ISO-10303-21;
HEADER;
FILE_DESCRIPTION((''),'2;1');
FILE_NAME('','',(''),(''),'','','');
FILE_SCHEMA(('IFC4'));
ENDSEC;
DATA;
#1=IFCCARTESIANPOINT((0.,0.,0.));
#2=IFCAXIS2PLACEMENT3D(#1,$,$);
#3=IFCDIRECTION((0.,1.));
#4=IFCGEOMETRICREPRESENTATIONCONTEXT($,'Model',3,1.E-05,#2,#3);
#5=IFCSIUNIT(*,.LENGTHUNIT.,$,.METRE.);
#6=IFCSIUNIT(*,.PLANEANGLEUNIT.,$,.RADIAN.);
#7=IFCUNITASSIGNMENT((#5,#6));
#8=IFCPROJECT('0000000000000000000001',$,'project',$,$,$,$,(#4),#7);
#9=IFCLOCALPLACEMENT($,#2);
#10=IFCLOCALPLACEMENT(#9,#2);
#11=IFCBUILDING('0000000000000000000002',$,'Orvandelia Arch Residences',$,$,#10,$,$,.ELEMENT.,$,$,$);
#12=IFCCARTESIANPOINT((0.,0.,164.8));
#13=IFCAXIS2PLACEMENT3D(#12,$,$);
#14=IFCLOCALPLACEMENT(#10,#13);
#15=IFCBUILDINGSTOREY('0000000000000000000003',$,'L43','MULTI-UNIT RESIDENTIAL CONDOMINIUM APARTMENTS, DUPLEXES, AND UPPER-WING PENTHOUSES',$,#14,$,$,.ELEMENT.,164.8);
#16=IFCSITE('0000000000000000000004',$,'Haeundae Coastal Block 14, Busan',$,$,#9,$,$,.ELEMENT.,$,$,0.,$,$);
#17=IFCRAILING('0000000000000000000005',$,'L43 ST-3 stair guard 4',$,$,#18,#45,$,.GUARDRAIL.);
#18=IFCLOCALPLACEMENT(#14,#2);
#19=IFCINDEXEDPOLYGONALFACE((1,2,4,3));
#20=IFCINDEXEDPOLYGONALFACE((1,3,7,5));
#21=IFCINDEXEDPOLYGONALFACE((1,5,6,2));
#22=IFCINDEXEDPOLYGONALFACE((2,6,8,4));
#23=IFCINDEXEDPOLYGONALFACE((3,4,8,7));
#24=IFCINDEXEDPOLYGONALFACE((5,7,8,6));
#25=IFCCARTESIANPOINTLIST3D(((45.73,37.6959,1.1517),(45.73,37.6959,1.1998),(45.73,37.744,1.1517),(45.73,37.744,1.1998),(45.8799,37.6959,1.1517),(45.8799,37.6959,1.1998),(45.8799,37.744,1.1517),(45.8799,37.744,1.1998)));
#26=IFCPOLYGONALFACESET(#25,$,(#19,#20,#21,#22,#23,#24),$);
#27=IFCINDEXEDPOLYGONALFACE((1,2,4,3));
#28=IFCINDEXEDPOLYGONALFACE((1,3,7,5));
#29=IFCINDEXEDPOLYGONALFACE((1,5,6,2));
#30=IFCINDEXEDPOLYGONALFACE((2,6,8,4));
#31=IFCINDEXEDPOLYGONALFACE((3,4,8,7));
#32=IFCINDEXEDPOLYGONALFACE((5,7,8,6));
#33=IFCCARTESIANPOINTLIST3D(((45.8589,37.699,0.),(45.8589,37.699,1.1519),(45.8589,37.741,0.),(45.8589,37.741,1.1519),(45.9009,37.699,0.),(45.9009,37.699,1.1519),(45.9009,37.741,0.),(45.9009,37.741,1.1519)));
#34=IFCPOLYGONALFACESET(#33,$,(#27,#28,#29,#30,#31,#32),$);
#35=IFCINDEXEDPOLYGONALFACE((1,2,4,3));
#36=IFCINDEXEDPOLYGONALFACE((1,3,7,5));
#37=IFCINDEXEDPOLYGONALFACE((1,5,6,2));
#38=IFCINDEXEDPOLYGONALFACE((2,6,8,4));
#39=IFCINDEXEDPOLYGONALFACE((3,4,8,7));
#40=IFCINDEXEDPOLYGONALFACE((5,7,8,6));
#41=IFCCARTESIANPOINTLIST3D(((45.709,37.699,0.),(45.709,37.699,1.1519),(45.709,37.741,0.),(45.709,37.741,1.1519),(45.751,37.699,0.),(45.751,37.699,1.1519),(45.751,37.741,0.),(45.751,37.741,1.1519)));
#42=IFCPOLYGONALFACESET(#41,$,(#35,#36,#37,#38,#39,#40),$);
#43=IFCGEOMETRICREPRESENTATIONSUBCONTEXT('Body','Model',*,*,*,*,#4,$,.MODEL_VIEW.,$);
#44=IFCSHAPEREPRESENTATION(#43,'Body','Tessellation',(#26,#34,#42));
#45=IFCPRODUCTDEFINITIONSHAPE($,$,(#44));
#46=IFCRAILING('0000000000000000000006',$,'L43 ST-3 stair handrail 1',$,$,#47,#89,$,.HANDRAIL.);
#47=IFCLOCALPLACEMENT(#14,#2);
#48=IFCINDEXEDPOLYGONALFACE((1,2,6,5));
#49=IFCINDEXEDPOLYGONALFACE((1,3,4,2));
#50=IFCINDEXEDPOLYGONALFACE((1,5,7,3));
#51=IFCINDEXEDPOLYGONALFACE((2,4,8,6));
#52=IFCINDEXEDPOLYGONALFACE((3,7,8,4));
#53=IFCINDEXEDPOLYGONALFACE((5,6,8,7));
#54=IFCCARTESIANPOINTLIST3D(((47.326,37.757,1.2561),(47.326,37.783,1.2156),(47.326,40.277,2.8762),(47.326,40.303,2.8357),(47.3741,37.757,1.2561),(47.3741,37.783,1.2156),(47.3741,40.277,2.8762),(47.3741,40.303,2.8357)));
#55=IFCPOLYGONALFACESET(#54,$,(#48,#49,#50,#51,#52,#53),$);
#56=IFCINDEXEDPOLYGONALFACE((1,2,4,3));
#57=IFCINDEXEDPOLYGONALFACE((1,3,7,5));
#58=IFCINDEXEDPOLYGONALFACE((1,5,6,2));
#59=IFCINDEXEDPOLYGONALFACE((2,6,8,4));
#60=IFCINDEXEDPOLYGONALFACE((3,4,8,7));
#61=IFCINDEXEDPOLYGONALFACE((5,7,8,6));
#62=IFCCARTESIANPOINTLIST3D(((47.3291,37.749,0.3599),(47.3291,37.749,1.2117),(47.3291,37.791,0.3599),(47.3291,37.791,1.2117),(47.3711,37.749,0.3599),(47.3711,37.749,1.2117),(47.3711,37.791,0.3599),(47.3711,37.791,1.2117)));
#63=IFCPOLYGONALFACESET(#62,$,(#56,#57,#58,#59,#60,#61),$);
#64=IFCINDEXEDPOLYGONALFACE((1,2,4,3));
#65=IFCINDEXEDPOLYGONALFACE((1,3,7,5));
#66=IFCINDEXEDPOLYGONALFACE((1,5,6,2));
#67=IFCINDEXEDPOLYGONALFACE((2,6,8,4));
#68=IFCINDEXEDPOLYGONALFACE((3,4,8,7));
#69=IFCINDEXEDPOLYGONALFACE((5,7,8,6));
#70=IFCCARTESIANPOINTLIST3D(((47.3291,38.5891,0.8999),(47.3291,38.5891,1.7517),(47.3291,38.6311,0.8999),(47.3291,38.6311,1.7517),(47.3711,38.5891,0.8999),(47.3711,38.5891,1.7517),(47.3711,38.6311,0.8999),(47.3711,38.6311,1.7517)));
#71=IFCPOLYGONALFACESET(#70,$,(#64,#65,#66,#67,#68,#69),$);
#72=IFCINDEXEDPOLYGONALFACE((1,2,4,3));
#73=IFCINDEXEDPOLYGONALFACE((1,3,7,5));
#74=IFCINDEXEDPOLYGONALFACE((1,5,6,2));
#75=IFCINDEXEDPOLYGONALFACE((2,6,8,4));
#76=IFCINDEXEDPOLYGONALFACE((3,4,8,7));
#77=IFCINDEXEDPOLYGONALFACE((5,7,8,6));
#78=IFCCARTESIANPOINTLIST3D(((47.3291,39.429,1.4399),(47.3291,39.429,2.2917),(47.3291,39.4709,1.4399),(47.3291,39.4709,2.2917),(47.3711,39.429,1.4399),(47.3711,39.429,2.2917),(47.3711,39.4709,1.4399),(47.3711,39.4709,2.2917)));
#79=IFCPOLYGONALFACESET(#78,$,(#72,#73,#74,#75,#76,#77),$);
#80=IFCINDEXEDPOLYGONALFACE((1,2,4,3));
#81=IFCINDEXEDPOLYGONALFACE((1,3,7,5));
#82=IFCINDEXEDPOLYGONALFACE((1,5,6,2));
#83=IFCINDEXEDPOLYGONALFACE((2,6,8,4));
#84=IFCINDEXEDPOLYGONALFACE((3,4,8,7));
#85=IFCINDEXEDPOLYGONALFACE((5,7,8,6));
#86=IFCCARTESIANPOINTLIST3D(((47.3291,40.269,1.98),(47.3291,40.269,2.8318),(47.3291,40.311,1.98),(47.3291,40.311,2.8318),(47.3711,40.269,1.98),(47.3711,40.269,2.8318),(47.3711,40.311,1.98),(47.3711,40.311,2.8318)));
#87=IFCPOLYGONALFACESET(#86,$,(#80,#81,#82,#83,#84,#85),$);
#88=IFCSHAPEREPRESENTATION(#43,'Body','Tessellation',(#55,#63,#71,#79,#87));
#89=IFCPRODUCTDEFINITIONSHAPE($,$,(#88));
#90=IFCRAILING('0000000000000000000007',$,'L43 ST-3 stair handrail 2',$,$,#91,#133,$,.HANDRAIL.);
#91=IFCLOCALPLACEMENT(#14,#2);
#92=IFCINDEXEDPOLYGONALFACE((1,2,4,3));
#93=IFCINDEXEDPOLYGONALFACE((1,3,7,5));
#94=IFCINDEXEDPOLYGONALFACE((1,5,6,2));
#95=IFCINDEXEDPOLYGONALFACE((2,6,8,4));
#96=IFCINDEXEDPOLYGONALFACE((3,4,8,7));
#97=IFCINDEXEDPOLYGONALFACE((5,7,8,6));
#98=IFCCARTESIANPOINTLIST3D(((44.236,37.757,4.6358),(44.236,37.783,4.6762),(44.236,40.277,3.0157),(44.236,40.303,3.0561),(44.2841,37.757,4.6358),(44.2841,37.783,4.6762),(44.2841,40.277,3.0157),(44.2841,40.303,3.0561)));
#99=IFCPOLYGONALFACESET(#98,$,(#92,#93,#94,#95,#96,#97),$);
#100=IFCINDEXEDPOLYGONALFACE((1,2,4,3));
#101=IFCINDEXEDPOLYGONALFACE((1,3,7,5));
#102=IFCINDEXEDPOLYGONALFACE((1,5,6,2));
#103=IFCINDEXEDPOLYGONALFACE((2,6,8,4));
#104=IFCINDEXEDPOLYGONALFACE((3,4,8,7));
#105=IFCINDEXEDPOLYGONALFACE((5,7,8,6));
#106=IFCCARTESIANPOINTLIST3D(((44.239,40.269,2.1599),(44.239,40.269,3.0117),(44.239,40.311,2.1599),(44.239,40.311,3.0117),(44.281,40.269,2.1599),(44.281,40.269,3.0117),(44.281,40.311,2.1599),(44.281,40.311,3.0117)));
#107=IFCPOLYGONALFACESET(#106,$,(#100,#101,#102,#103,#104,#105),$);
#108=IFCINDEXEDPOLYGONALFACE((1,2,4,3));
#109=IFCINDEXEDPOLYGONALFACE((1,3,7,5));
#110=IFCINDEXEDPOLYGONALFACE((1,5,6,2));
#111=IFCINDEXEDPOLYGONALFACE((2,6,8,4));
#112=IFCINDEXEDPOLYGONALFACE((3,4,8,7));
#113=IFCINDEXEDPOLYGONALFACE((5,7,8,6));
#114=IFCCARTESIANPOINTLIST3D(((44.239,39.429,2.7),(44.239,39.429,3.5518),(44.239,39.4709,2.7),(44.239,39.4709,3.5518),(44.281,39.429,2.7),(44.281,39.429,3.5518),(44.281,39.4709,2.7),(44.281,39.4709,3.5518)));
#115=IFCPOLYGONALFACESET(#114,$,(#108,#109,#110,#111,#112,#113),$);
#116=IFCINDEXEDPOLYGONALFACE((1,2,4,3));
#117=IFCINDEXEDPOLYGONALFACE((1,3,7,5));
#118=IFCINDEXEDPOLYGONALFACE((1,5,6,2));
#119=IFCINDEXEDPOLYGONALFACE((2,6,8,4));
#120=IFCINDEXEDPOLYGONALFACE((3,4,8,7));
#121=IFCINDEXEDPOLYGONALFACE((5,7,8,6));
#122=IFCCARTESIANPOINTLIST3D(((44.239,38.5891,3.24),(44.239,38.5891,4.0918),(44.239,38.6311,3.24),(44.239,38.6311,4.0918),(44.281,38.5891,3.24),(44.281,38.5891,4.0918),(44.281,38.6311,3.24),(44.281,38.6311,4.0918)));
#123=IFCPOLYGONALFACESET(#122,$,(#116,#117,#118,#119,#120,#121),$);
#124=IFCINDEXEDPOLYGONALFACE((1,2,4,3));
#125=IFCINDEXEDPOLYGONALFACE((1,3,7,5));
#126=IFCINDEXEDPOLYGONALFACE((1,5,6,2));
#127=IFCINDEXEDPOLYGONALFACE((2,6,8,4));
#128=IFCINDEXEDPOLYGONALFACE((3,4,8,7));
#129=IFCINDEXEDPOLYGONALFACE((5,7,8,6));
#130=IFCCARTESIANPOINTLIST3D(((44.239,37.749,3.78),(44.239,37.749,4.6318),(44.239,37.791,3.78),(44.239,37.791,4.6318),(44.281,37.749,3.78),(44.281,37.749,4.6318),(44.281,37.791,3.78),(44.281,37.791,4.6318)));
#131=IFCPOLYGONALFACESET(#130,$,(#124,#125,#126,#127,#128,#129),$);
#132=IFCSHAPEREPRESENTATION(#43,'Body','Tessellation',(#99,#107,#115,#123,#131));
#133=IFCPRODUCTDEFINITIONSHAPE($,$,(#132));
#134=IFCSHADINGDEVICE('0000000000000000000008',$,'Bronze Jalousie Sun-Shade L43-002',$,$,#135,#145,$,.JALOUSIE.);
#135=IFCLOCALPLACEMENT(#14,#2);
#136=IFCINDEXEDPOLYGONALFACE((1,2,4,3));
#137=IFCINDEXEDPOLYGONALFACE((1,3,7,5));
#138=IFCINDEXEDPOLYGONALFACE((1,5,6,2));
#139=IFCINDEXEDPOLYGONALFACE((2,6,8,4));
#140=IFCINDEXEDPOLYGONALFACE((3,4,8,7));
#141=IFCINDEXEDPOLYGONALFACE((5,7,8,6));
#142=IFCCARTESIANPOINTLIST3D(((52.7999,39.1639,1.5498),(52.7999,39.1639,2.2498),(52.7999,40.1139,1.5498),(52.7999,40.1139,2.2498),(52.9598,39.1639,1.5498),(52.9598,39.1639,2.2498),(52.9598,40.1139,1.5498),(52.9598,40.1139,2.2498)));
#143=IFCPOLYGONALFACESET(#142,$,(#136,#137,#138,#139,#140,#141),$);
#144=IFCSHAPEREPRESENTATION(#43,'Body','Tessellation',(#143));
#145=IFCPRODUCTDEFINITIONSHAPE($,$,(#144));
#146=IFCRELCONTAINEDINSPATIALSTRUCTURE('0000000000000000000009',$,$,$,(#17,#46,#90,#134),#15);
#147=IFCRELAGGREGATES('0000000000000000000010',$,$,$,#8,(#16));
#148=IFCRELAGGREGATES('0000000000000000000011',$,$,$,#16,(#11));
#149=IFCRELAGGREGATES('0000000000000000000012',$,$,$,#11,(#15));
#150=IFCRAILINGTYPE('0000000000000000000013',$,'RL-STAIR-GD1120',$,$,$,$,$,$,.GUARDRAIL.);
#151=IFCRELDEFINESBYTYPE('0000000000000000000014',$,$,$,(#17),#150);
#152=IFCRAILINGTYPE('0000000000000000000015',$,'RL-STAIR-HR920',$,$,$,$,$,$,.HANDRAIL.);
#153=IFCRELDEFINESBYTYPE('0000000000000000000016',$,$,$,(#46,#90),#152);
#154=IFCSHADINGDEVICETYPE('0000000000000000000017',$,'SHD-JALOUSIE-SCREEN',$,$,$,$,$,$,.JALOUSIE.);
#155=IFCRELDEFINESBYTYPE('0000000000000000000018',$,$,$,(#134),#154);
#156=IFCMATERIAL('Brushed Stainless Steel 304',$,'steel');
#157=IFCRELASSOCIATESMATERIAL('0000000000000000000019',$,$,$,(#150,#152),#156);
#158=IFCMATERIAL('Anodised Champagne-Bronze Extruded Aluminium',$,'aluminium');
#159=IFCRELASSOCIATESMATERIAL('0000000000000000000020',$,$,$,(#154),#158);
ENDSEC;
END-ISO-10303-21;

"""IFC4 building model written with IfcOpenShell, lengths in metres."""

from ifc_helpers import new_model, si_unit, direction, frame, origin, origin_2d, place, context, subcontext, project, spatial, rectangle, extrude, material, type_object, element, save


model = new_model("IFC4")

# Units and contexts
model_context = context("Model", 3, precision=1e-05, world=origin(), true_north=direction((0.0, 1.0)))
body_context = subcontext(model_context, "Body", "Model", "MODEL_VIEW")
ifc_project = project(units=[si_unit("LENGTHUNIT", "METRE"), si_unit("PLANEANGLEUNIT", "RADIAN")], contexts=[model_context])

# Site, building, storey
site_placement = place(None, origin())
site = spatial("IfcSite", under=ifc_project, at=site_placement, Name="Haeundae Coastal Block 14, Busan", CompositionType="ELEMENT", RefElevation=0.0)
building_placement = place(site_placement, origin())
building = spatial("IfcBuilding", under=site, at=building_placement, Name="Orvandelia Arch Residences", CompositionType="ELEMENT")
storey_placement = place(building_placement, frame((0.0, 0.0, 164.8)))
storey = spatial("IfcBuildingStorey", under=building, at=storey_placement, Name="L43", Description="MULTI-UNIT RESIDENTIAL CONDOMINIUM APARTMENTS, DUPLEXES, AND UPPER-WING PENTHOUSES", CompositionType="ELEMENT", Elevation=164.8)

# Railings
ifc_material_1 = material(Name="Brushed Stainless Steel 304", Category="steel")
railing_type_1 = type_object("IfcRailingType", Name="RL-STAIR-GD1120", PredefinedType="GUARDRAIL", material=ifc_material_1)
railing_1_placement = place(storey_placement, frame((45.8799, 37.72, 0.0)))
element("IfcRailing", 1, at=railing_1_placement, inside=storey, type_object=railing_type_1, Name="L43 ST-3 stair guard 4", PredefinedType="GUARDRAIL", context=body_context, shape_type="SweptSolid", body=[
    extrude(rectangle(XDim=0.0481, YDim=0.0481, at=origin_2d()), frame((0.0, 0.0, 1.1758), z_axis=(-1.0, 0.0, 0.0), x_axis=(0.0, -1.0, 0.0)), (0.0, 0.0, 1.0), 0.1499),
    extrude(rectangle(XDim=0.042, YDim=0.042, at=origin_2d()), origin(), (0.0, 0.0, 1.0), 1.1519),
    extrude(rectangle(XDim=0.042, YDim=0.042, at=origin_2d()), frame((-0.1499, 0.0, 0.0)), (0.0, 0.0, 1.0), 1.1519),
])
railing_type_2 = type_object("IfcRailingType", Name="RL-STAIR-HR920", PredefinedType="HANDRAIL", material=ifc_material_1)
railing_2_placement = place(storey_placement, frame((47.3501, 37.77, 0.3599)))
element("IfcRailing", 2, at=railing_2_placement, inside=storey, type_object=railing_type_2, Name="L43 ST-3 stair handrail 1", PredefinedType="HANDRAIL", context=body_context, shape_type="SweptSolid", body=[
    extrude(rectangle(XDim=0.0481, YDim=0.0481, at=origin_2d()), frame((0.0, 0.0, 0.876), z_axis=(0.0, 0.841163, 0.540782), x_axis=(-1.0, 0.0, 0.0)), (0.0, 0.0, 1.0), 2.9958),
    extrude(rectangle(XDim=0.042, YDim=0.042, at=origin_2d()), origin(), (0.0, 0.0, 1.0), 0.8518),
    extrude(rectangle(XDim=0.042, YDim=0.042, at=origin_2d()), frame((0.0, 0.8401, 0.54)), (0.0, 0.0, 1.0), 0.8518),
    extrude(rectangle(XDim=0.042, YDim=0.042, at=origin_2d()), frame((0.0, 1.6799, 1.0801)), (0.0, 0.0, 1.0), 0.8518),
    extrude(rectangle(XDim=0.042, YDim=0.042, at=origin_2d()), frame((0.0, 2.52, 1.6201)), (0.0, 0.0, 1.0), 0.8518),
])
railing_3_placement = place(storey_placement, frame((44.26, 40.29, 2.1599)))
element("IfcRailing", 3, at=railing_3_placement, inside=storey, type_object=railing_type_2, Name="L43 ST-3 stair handrail 2", PredefinedType="HANDRAIL", context=body_context, shape_type="SweptSolid", body=[
    extrude(rectangle(XDim=0.0481, YDim=0.0481, at=origin_2d()), frame((0.0, 0.0, 0.876), z_axis=(0.0, -0.841163, 0.540782), x_axis=(1.0, 0.0, 0.0)), (0.0, 0.0, 1.0), 2.9958),
    extrude(rectangle(XDim=0.042, YDim=0.042, at=origin_2d()), origin(), (0.0, 0.0, 1.0), 0.8518),
    extrude(rectangle(XDim=0.042, YDim=0.042, at=origin_2d()), frame((0.0, -0.8401, 0.54)), (0.0, 0.0, 1.0), 0.8518),
    extrude(rectangle(XDim=0.042, YDim=0.042, at=origin_2d()), frame((0.0, -1.6799, 1.0801)), (0.0, 0.0, 1.0), 0.8518),
    extrude(rectangle(XDim=0.042, YDim=0.042, at=origin_2d()), frame((0.0, -2.52, 1.6201)), (0.0, 0.0, 1.0), 0.8518),
])

# Shading device
ifc_material_2 = material(Name="Anodised Champagne-Bronze Extruded Aluminium", Category="aluminium")
shading_device_type = type_object("IfcShadingDeviceType", Name="SHD-JALOUSIE-SCREEN", PredefinedType="JALOUSIE", material=ifc_material_2)
shading_device_placement = place(storey_placement, frame((52.8799, 39.6389, 1.5498), z_axis=(0.0, 0.0, 1.0), x_axis=(0.0, -1.0, 0.0)))
element("IfcShadingDevice", 4, at=shading_device_placement, inside=storey, type_object=shading_device_type, Name="Bronze Jalousie Sun-Shade L43-002", PredefinedType="JALOUSIE", context=body_context, shape_type="SweptSolid", body=[
    extrude(rectangle(XDim=0.95, YDim=0.1599, at=origin_2d()), origin(), (0.0, 0.0, 1.0), 0.7),
])

save(model, "model.ifc")
